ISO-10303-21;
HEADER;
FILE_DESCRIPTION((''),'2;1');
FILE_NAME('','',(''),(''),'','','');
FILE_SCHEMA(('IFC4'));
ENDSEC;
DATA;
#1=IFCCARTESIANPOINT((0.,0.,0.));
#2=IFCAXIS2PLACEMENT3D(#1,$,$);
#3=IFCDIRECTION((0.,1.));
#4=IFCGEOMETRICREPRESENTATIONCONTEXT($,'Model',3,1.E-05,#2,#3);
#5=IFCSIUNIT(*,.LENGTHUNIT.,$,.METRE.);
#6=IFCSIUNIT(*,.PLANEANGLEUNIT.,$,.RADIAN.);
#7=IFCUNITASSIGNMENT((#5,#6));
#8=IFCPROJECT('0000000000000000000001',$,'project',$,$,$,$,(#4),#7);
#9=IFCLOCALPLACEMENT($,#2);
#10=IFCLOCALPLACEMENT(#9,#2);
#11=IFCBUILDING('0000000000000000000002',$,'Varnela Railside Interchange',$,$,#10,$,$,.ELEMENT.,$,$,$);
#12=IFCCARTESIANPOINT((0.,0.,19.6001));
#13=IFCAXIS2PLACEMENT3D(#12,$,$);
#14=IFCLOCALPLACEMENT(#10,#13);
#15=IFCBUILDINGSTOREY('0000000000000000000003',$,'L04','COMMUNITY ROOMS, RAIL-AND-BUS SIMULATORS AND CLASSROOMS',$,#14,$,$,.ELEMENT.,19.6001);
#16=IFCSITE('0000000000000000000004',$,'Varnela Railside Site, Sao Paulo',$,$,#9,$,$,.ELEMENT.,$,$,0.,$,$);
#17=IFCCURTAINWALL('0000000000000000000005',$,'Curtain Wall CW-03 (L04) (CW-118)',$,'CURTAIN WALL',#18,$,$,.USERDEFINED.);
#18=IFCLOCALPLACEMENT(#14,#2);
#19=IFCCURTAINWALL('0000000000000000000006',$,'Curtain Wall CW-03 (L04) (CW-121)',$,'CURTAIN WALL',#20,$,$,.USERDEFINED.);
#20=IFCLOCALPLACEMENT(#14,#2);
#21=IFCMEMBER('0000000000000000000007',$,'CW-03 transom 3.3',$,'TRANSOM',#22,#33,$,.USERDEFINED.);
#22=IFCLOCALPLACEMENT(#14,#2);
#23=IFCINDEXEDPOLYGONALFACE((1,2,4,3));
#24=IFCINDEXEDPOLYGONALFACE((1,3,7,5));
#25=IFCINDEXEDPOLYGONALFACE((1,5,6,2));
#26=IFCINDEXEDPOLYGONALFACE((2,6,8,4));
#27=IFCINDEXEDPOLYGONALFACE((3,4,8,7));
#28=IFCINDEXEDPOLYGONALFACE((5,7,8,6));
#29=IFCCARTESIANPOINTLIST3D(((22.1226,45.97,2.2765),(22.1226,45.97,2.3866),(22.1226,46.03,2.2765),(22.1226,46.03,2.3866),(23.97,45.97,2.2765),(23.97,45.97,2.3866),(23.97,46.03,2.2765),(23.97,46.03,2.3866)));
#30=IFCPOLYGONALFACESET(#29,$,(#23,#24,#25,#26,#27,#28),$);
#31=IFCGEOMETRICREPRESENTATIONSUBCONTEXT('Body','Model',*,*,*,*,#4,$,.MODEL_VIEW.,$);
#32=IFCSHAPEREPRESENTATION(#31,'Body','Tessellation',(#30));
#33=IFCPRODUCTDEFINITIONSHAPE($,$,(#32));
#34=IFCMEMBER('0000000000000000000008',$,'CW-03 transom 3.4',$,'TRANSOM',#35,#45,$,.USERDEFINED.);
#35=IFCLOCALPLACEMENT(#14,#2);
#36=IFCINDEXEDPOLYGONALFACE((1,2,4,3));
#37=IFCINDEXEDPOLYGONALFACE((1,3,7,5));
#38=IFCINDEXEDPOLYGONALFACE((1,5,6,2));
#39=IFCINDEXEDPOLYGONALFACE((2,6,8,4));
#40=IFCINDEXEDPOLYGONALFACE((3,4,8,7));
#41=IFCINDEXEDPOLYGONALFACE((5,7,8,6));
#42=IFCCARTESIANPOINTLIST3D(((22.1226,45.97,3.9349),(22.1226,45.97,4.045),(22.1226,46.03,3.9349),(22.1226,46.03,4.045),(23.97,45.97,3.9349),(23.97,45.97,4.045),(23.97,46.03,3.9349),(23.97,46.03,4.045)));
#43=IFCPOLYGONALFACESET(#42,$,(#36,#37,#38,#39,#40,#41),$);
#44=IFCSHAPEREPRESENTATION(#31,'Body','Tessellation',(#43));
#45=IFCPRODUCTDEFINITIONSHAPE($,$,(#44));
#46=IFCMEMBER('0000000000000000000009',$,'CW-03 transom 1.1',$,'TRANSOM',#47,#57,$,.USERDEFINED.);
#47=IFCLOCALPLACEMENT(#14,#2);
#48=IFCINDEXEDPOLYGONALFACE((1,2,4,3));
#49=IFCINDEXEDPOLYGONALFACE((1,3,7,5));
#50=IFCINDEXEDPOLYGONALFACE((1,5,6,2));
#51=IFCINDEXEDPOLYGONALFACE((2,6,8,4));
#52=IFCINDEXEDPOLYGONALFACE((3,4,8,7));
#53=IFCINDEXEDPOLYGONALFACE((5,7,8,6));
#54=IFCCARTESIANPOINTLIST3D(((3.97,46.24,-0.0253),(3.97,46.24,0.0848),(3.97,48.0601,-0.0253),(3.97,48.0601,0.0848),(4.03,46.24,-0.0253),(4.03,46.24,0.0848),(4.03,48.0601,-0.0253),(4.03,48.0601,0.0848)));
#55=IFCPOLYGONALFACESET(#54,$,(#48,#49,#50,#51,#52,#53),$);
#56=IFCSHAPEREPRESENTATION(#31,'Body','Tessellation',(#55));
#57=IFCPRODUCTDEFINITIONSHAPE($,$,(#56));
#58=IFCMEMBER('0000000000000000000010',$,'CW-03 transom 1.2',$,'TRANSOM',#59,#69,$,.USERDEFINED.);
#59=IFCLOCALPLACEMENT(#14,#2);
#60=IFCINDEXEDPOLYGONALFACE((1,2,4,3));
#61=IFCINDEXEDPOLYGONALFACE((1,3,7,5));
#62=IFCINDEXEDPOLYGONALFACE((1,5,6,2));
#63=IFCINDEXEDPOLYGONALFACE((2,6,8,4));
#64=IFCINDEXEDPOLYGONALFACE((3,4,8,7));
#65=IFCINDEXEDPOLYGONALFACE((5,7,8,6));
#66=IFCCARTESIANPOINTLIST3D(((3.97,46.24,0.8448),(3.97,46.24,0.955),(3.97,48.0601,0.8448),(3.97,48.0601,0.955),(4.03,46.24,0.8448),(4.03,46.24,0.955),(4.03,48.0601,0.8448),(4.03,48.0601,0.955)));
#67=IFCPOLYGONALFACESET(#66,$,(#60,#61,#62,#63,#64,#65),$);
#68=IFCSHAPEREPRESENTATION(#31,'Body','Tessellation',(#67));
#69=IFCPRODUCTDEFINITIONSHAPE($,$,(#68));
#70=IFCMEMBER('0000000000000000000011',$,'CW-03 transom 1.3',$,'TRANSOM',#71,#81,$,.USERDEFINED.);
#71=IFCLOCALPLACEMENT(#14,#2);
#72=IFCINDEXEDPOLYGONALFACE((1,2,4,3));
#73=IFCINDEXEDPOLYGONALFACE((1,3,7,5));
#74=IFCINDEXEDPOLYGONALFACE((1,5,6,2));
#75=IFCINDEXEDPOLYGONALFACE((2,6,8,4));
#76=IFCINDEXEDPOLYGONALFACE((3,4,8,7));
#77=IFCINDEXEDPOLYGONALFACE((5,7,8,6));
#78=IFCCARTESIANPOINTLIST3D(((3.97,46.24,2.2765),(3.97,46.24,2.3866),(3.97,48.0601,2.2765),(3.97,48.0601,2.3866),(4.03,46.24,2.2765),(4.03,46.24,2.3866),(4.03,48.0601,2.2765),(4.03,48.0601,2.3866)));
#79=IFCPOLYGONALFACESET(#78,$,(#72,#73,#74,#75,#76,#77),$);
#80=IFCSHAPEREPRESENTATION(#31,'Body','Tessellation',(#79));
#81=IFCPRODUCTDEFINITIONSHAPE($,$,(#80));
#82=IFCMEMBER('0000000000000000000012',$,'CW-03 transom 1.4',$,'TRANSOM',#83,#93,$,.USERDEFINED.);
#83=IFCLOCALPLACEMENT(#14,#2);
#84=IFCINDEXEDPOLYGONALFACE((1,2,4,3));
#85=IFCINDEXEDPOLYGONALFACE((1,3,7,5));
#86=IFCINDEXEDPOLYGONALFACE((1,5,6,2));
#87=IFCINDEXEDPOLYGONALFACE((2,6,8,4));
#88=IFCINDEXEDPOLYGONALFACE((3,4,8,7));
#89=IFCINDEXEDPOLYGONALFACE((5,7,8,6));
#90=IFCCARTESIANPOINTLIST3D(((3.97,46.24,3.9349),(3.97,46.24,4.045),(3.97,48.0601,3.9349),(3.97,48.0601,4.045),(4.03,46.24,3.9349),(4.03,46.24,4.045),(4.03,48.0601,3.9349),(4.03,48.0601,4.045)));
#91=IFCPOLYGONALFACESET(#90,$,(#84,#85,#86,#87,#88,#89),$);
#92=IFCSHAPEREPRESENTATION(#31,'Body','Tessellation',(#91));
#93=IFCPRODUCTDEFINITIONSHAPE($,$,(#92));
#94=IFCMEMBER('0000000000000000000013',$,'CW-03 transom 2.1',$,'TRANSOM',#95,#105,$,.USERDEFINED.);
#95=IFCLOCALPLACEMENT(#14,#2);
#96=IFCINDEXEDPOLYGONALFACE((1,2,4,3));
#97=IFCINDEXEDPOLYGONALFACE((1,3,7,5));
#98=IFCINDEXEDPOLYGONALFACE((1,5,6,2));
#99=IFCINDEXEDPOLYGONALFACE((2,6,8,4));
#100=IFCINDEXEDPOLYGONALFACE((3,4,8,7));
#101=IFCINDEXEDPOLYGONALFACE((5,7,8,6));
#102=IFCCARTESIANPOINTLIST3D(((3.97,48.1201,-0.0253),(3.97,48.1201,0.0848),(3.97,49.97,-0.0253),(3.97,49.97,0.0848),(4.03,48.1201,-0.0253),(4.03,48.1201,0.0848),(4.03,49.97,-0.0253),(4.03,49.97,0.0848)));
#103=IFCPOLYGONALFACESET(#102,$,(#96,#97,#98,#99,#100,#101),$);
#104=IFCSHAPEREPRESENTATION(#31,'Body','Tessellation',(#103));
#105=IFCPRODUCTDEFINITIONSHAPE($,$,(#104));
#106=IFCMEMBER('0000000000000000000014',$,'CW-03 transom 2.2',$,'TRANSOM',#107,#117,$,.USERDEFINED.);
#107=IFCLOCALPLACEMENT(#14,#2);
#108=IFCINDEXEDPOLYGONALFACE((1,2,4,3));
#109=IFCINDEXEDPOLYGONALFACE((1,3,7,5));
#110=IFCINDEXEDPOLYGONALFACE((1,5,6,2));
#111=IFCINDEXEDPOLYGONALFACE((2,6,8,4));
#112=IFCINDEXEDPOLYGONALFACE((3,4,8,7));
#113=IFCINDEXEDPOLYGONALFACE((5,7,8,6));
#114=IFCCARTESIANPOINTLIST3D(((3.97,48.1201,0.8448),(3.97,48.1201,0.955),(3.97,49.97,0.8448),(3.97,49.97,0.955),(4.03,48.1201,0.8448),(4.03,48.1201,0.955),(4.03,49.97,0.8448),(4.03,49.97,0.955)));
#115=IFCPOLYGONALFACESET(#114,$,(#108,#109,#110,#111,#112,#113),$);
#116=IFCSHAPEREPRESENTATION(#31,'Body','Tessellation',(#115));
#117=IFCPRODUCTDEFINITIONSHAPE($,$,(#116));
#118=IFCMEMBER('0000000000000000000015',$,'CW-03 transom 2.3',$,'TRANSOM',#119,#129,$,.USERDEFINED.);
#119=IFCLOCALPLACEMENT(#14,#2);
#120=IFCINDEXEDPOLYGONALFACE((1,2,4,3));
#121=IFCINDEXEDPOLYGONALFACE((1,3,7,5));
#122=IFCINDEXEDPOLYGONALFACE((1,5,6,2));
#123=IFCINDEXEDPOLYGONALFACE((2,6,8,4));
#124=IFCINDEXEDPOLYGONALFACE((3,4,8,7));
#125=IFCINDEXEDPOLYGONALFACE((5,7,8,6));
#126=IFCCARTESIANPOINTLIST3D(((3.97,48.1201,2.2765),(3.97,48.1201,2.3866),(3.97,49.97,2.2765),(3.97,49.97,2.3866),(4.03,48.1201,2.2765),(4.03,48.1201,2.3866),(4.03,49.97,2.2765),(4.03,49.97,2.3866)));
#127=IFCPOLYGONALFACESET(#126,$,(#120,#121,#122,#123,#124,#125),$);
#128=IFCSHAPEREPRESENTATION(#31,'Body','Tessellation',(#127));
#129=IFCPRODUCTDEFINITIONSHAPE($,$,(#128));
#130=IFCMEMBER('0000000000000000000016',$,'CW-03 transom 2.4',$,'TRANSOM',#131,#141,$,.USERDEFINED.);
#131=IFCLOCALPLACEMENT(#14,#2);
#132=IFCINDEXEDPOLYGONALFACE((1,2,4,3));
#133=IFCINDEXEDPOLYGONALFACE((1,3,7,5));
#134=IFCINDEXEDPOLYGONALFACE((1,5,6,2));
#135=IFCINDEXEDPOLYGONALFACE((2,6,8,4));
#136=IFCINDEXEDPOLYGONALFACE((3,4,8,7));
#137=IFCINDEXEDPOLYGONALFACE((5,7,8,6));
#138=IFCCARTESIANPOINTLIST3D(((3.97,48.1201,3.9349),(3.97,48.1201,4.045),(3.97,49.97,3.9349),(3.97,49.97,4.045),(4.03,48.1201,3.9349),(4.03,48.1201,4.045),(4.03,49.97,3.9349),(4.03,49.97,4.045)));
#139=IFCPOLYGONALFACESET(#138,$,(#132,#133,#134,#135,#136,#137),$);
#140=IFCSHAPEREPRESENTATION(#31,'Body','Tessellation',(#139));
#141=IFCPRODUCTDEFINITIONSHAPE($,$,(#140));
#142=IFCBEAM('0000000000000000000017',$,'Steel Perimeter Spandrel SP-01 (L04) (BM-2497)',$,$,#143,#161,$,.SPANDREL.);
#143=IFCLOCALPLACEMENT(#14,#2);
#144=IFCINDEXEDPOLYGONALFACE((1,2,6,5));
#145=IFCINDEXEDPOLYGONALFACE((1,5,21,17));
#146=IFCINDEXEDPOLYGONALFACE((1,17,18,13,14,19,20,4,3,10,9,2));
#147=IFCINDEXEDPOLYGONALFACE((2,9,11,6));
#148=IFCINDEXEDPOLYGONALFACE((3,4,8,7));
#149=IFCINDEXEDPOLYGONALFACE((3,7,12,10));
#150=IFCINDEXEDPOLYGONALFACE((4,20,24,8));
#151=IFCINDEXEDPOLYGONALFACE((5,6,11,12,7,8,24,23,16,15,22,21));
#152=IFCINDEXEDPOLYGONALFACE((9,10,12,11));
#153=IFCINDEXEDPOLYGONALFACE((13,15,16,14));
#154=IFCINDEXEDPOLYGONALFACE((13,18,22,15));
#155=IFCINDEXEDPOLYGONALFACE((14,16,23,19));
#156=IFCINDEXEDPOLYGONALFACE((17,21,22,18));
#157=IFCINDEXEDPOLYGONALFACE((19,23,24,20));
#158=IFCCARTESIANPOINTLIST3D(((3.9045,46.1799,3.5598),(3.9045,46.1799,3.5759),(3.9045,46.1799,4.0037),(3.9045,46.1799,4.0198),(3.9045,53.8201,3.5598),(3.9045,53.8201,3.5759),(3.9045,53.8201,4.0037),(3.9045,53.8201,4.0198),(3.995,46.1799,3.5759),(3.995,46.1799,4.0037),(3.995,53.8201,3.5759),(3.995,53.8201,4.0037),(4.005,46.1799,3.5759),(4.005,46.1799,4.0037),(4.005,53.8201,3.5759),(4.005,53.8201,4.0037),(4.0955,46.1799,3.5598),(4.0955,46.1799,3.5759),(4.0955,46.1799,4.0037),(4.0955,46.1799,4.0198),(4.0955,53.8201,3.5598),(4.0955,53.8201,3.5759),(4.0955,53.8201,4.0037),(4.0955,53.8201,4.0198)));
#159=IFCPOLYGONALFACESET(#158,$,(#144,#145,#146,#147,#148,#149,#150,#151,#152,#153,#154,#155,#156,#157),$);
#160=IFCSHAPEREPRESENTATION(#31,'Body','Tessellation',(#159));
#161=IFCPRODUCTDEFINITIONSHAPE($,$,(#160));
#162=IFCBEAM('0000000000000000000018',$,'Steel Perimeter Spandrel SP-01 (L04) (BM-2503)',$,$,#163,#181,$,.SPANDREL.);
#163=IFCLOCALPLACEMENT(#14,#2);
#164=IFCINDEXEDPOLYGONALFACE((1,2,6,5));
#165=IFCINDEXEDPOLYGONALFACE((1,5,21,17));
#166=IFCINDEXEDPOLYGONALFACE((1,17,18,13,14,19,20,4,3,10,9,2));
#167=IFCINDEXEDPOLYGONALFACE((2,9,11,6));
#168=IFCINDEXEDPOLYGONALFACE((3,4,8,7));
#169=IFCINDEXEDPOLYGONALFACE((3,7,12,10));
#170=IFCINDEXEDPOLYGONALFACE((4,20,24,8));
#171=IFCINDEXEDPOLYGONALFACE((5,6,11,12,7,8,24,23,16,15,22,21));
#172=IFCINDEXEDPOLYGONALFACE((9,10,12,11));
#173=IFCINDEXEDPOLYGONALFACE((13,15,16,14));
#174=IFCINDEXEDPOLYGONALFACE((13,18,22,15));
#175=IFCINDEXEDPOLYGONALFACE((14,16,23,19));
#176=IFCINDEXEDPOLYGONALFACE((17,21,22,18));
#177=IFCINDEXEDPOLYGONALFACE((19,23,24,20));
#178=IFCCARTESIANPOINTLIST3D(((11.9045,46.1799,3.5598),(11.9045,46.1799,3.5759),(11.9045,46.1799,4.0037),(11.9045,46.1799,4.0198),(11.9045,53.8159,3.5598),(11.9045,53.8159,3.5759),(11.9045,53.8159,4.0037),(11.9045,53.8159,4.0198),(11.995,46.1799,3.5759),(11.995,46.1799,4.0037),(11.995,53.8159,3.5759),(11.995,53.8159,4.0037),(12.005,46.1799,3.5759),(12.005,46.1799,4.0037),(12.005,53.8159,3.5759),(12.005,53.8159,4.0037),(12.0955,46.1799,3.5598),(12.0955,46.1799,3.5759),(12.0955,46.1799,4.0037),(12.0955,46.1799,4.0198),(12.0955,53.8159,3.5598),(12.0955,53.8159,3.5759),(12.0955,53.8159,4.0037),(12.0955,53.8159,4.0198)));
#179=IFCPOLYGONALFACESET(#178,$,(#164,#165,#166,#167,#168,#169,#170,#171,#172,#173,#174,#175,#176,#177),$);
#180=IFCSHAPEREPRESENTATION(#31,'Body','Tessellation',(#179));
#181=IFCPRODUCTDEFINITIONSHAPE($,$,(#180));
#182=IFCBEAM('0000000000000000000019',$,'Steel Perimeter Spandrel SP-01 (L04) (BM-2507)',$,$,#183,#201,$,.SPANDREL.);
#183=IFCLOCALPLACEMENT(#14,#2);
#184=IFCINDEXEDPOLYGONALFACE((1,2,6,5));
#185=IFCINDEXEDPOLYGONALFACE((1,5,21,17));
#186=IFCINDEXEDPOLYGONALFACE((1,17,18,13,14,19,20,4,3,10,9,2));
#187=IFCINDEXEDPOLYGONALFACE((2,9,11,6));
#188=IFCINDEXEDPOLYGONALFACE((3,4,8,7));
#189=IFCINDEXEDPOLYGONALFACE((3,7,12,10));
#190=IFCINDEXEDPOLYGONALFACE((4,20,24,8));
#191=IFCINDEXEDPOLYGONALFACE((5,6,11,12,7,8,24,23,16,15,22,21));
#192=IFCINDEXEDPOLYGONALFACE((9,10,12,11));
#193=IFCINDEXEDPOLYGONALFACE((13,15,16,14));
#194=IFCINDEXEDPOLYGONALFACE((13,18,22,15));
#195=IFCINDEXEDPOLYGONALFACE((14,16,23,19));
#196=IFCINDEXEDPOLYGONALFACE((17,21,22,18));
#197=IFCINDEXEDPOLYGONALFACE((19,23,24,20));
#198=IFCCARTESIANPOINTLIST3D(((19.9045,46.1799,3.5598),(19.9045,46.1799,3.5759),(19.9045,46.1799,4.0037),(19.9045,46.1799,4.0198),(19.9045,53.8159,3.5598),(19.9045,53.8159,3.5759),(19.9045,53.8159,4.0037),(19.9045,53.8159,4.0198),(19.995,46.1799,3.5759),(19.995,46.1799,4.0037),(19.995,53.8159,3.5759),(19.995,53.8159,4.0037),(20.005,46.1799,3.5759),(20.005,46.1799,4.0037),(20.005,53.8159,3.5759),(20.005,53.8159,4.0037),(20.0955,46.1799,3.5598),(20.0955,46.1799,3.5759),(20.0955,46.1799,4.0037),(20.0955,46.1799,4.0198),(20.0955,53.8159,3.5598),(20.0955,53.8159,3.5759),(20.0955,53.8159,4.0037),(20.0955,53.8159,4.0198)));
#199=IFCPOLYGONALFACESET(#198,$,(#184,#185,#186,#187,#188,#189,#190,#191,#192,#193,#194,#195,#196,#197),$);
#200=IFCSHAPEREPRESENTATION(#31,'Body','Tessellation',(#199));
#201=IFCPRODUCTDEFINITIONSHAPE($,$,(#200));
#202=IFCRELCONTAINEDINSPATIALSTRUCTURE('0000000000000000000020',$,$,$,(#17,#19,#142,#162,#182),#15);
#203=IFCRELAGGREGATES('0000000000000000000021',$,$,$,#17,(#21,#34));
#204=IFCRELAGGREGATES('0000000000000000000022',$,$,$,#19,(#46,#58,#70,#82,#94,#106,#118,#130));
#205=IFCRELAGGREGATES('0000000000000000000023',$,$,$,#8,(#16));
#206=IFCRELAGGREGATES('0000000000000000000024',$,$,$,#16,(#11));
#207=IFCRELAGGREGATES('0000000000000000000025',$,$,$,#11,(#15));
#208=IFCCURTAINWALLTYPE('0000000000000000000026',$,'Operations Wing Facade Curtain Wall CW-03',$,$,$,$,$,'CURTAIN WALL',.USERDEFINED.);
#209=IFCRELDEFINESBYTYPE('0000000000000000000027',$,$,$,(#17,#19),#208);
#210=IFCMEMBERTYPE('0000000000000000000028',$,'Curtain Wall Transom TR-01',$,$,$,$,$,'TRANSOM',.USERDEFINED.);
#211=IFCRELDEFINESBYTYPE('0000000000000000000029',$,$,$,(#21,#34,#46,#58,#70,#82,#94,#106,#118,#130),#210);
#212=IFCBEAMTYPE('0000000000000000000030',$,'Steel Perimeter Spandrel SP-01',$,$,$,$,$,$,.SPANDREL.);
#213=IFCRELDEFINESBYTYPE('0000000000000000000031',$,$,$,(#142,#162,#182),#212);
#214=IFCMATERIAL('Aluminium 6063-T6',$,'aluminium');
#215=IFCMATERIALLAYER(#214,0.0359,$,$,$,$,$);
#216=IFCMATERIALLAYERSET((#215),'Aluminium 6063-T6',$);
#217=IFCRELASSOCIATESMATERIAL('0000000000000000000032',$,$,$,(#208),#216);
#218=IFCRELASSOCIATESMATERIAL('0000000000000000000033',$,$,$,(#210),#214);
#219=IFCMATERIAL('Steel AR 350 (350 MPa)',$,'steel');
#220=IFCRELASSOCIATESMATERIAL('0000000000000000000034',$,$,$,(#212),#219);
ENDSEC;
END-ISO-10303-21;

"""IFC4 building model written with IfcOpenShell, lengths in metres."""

from ifc_helpers import new_model, si_unit, direction, frame, origin, origin_2d, place, context, subcontext, project, spatial, rectangle, i_section, extrude, material, layer, layer_set, material_profile, profile_set, type_object, element, aggregate, save


model = new_model("IFC4")

# Units and contexts
model_context = context("Model", 3, precision=1e-05, world=origin(), true_north=direction((0.0, 1.0)))
body_context = subcontext(model_context, "Body", "Model", "MODEL_VIEW")
ifc_project = project(units=[si_unit("LENGTHUNIT", "METRE"), si_unit("PLANEANGLEUNIT", "RADIAN")], contexts=[model_context])

# Site, building, storey
site_placement = place(None, origin())
site = spatial("IfcSite", under=ifc_project, at=site_placement, Name="Varnela Railside Site, Sao Paulo", CompositionType="ELEMENT", RefElevation=0.0)
building_placement = place(site_placement, origin())
building = spatial("IfcBuilding", under=site, at=building_placement, Name="Varnela Railside Interchange", CompositionType="ELEMENT")
storey_placement = place(building_placement, frame((0.0, 0.0, 19.6001)))
storey = spatial("IfcBuildingStorey", under=building, at=storey_placement, Name="L04", Description="COMMUNITY ROOMS, RAIL-AND-BUS SIMULATORS AND CLASSROOMS", CompositionType="ELEMENT", Elevation=19.6001)

# Shared definitions
ifc_material_1 = material(Name="Steel AR 350 (350 MPa)", Category="steel")

# Curtain wall
ifc_material_2 = material(Name="Aluminium 6063-T6", Category="aluminium")
ifc_layer_1 = layer(ifc_material_2, 0.0359)
ifc_layer_set_1 = layer_set([ifc_layer_1], Name="Aluminium 6063-T6")
curtain_wall_type = type_object("IfcCurtainWallType", Name="Operations Wing Facade Curtain Wall CW-03", ElementType="CURTAIN WALL", PredefinedType="USERDEFINED", material=ifc_layer_set_1)
curtain_wall_1_placement = place(storey_placement, origin())
curtain_wall_1 = element("IfcCurtainWall", 1, at=curtain_wall_1_placement, inside=storey, type_object=curtain_wall_type, Name="Curtain Wall CW-03 (L04) (CW-118)", ObjectType="CURTAIN WALL", PredefinedType="USERDEFINED")

# Curtain wall
curtain_wall_2_placement = place(storey_placement, origin())
curtain_wall_2 = element("IfcCurtainWall", 2, at=curtain_wall_2_placement, inside=storey, type_object=curtain_wall_type, Name="Curtain Wall CW-03 (L04) (CW-121)", ObjectType="CURTAIN WALL", PredefinedType="USERDEFINED")

# Members
ifc_material_profile_1 = material_profile(ifc_material_2, rectangle(XDim=0.0601, YDim=0.1101, at=origin_2d()), Name="ALU 60x110")
ifc_profile_set_1 = profile_set([ifc_material_profile_1], Name="Aluminium 6063-T6")
member_type_1 = type_object("IfcMemberType", Name="Curtain Wall Transom TR-01", ElementType="TRANSOM", PredefinedType="USERDEFINED", material=ifc_profile_set_1)
member_1_placement = place(storey_placement, frame((23.97, 46.0, 2.3315), z_axis=(-1.0, 0.0, 0.0), x_axis=(0.0, -1.0, 0.0)))
member_1 = element("IfcMember", 3, at=member_1_placement, type_object=member_type_1, Name="CW-03 transom 3.3", ObjectType="TRANSOM", PredefinedType="USERDEFINED", context=body_context, shape_type="SweptSolid", body=[
    extrude(rectangle(XDim=0.0601, YDim=0.1101, at=origin_2d()), origin(), (0.0, 0.0, 1.0), 1.8474),
])
member_2_placement = place(storey_placement, frame((23.97, 46.0, 3.99), z_axis=(-1.0, 0.0, 0.0), x_axis=(0.0, -1.0, 0.0)))
member_2 = element("IfcMember", 4, at=member_2_placement, type_object=member_type_1, Name="CW-03 transom 3.4", ObjectType="TRANSOM", PredefinedType="USERDEFINED", context=body_context, shape_type="SweptSolid", body=[
    extrude(rectangle(XDim=0.0601, YDim=0.1101, at=origin_2d()), origin(), (0.0, 0.0, 1.0), 1.8474),
])
member_3_placement = place(storey_placement, frame((4.0, 46.24, 0.0298), z_axis=(0.0, 1.0, 0.0), x_axis=(-1.0, 0.0, 0.0)))
member_3 = element("IfcMember", 5, at=member_3_placement, type_object=member_type_1, Name="CW-03 transom 1.1", ObjectType="TRANSOM", PredefinedType="USERDEFINED", context=body_context, shape_type="SweptSolid", body=[
    extrude(rectangle(XDim=0.0601, YDim=0.1101, at=origin_2d()), origin(), (0.0, 0.0, 1.0), 1.8201),
])
member_4_placement = place(storey_placement, frame((4.0, 46.24, 0.8999), z_axis=(0.0, 1.0, 0.0), x_axis=(-1.0, 0.0, 0.0)))
member_4 = element("IfcMember", 6, at=member_4_placement, type_object=member_type_1, Name="CW-03 transom 1.2", ObjectType="TRANSOM", PredefinedType="USERDEFINED", context=body_context, shape_type="SweptSolid", body=[
    extrude(rectangle(XDim=0.0601, YDim=0.1101, at=origin_2d()), origin(), (0.0, 0.0, 1.0), 1.8201),
])
member_5_placement = place(storey_placement, frame((4.0, 46.24, 2.3315), z_axis=(0.0, 1.0, 0.0), x_axis=(-1.0, 0.0, 0.0)))
member_5 = element("IfcMember", 7, at=member_5_placement, type_object=member_type_1, Name="CW-03 transom 1.3", ObjectType="TRANSOM", PredefinedType="USERDEFINED", context=body_context, shape_type="SweptSolid", body=[
    extrude(rectangle(XDim=0.0601, YDim=0.1101, at=origin_2d()), origin(), (0.0, 0.0, 1.0), 1.8201),
])
member_6_placement = place(storey_placement, frame((4.0, 46.24, 3.99), z_axis=(0.0, 1.0, 0.0), x_axis=(-1.0, 0.0, 0.0)))
member_6 = element("IfcMember", 8, at=member_6_placement, type_object=member_type_1, Name="CW-03 transom 1.4", ObjectType="TRANSOM", PredefinedType="USERDEFINED", context=body_context, shape_type="SweptSolid", body=[
    extrude(rectangle(XDim=0.0601, YDim=0.1101, at=origin_2d()), origin(), (0.0, 0.0, 1.0), 1.8201),
])
member_7_placement = place(storey_placement, frame((4.0, 48.1201, 0.0298), z_axis=(0.0, 1.0, 0.0), x_axis=(-1.0, 0.0, 0.0)))
member_7 = element("IfcMember", 9, at=member_7_placement, type_object=member_type_1, Name="CW-03 transom 2.1", ObjectType="TRANSOM", PredefinedType="USERDEFINED", context=body_context, shape_type="SweptSolid", body=[
    extrude(rectangle(XDim=0.0601, YDim=0.1101, at=origin_2d()), origin(), (0.0, 0.0, 1.0), 1.8499),
])
member_8_placement = place(storey_placement, frame((4.0, 48.1201, 0.8999), z_axis=(0.0, 1.0, 0.0), x_axis=(-1.0, 0.0, 0.0)))
member_8 = element("IfcMember", 10, at=member_8_placement, type_object=member_type_1, Name="CW-03 transom 2.2", ObjectType="TRANSOM", PredefinedType="USERDEFINED", context=body_context, shape_type="SweptSolid", body=[
    extrude(rectangle(XDim=0.0601, YDim=0.1101, at=origin_2d()), origin(), (0.0, 0.0, 1.0), 1.8499),
])
member_9_placement = place(storey_placement, frame((4.0, 48.1201, 2.3315), z_axis=(0.0, 1.0, 0.0), x_axis=(-1.0, 0.0, 0.0)))
member_9 = element("IfcMember", 11, at=member_9_placement, type_object=member_type_1, Name="CW-03 transom 2.3", ObjectType="TRANSOM", PredefinedType="USERDEFINED", context=body_context, shape_type="SweptSolid", body=[
    extrude(rectangle(XDim=0.0601, YDim=0.1101, at=origin_2d()), origin(), (0.0, 0.0, 1.0), 1.8499),
])
member_10_placement = place(storey_placement, frame((4.0, 48.1201, 3.99), z_axis=(0.0, 1.0, 0.0), x_axis=(-1.0, 0.0, 0.0)))
member_10 = element("IfcMember", 12, at=member_10_placement, type_object=member_type_1, Name="CW-03 transom 2.4", ObjectType="TRANSOM", PredefinedType="USERDEFINED", context=body_context, shape_type="SweptSolid", body=[
    extrude(rectangle(XDim=0.0601, YDim=0.1101, at=origin_2d()), origin(), (0.0, 0.0, 1.0), 1.8499),
])

# Beams
ifc_material_profile_2 = material_profile(ifc_material_1, i_section(OverallWidth=0.1909, OverallDepth=0.46, WebThickness=0.01, FlangeThickness=0.0161, at=origin_2d()), Name="W460x82")
ifc_profile_set_2 = profile_set([ifc_material_profile_2], Name="Steel AR 350 (350 MPa)")
beam_type_1 = type_object("IfcBeamType", Name="Steel Perimeter Spandrel SP-01", PredefinedType="SPANDREL", material=ifc_profile_set_2)
beam_1_placement = place(storey_placement, frame((4.0, 46.1799, 3.7898), z_axis=(0.0, 1.0, 0.0), x_axis=(-1.0, 0.0, 0.0)))
element("IfcBeam", 13, at=beam_1_placement, inside=storey, type_object=beam_type_1, Name="Steel Perimeter Spandrel SP-01 (L04) (BM-2497)", PredefinedType="SPANDREL", context=body_context, shape_type="SweptSolid", body=[
    extrude(i_section(OverallWidth=0.1909, OverallDepth=0.46, WebThickness=0.01, FlangeThickness=0.0161, at=origin_2d()), origin(), (0.0, 0.0, 1.0), 7.6401),
])
for number, where, z_axis, x_axis, name in (
    (14, (12.0, 46.1799, 3.7898), (0.0, 1.0, 0.0), (-1.0, 0.0, 0.0), "Steel Perimeter Spandrel SP-01 (L04) (BM-2503)"),
    (15, (20.0, 46.1799, 3.7898), (0.0, 1.0, 0.0), (-1.0, 0.0, 0.0), "Steel Perimeter Spandrel SP-01 (L04) (BM-2507)"),
):
    element("IfcBeam", number, at=place(storey_placement, frame(where, z_axis=z_axis, x_axis=x_axis)), inside=storey, type_object=beam_type_1, Name=name, PredefinedType="SPANDREL", context=body_context, shape_type="SweptSolid", body=[
        extrude(i_section(OverallWidth=0.1909, OverallDepth=0.46, WebThickness=0.01, FlangeThickness=0.0161, at=origin_2d()), origin(), (0.0, 0.0, 1.0), 7.636),
    ])

aggregate(curtain_wall_1, [member_1, member_2])
aggregate(curtain_wall_2, [member_3, member_4, member_5, member_6, member_7, member_8, member_9, member_10])

save(model, "model.ifc")
